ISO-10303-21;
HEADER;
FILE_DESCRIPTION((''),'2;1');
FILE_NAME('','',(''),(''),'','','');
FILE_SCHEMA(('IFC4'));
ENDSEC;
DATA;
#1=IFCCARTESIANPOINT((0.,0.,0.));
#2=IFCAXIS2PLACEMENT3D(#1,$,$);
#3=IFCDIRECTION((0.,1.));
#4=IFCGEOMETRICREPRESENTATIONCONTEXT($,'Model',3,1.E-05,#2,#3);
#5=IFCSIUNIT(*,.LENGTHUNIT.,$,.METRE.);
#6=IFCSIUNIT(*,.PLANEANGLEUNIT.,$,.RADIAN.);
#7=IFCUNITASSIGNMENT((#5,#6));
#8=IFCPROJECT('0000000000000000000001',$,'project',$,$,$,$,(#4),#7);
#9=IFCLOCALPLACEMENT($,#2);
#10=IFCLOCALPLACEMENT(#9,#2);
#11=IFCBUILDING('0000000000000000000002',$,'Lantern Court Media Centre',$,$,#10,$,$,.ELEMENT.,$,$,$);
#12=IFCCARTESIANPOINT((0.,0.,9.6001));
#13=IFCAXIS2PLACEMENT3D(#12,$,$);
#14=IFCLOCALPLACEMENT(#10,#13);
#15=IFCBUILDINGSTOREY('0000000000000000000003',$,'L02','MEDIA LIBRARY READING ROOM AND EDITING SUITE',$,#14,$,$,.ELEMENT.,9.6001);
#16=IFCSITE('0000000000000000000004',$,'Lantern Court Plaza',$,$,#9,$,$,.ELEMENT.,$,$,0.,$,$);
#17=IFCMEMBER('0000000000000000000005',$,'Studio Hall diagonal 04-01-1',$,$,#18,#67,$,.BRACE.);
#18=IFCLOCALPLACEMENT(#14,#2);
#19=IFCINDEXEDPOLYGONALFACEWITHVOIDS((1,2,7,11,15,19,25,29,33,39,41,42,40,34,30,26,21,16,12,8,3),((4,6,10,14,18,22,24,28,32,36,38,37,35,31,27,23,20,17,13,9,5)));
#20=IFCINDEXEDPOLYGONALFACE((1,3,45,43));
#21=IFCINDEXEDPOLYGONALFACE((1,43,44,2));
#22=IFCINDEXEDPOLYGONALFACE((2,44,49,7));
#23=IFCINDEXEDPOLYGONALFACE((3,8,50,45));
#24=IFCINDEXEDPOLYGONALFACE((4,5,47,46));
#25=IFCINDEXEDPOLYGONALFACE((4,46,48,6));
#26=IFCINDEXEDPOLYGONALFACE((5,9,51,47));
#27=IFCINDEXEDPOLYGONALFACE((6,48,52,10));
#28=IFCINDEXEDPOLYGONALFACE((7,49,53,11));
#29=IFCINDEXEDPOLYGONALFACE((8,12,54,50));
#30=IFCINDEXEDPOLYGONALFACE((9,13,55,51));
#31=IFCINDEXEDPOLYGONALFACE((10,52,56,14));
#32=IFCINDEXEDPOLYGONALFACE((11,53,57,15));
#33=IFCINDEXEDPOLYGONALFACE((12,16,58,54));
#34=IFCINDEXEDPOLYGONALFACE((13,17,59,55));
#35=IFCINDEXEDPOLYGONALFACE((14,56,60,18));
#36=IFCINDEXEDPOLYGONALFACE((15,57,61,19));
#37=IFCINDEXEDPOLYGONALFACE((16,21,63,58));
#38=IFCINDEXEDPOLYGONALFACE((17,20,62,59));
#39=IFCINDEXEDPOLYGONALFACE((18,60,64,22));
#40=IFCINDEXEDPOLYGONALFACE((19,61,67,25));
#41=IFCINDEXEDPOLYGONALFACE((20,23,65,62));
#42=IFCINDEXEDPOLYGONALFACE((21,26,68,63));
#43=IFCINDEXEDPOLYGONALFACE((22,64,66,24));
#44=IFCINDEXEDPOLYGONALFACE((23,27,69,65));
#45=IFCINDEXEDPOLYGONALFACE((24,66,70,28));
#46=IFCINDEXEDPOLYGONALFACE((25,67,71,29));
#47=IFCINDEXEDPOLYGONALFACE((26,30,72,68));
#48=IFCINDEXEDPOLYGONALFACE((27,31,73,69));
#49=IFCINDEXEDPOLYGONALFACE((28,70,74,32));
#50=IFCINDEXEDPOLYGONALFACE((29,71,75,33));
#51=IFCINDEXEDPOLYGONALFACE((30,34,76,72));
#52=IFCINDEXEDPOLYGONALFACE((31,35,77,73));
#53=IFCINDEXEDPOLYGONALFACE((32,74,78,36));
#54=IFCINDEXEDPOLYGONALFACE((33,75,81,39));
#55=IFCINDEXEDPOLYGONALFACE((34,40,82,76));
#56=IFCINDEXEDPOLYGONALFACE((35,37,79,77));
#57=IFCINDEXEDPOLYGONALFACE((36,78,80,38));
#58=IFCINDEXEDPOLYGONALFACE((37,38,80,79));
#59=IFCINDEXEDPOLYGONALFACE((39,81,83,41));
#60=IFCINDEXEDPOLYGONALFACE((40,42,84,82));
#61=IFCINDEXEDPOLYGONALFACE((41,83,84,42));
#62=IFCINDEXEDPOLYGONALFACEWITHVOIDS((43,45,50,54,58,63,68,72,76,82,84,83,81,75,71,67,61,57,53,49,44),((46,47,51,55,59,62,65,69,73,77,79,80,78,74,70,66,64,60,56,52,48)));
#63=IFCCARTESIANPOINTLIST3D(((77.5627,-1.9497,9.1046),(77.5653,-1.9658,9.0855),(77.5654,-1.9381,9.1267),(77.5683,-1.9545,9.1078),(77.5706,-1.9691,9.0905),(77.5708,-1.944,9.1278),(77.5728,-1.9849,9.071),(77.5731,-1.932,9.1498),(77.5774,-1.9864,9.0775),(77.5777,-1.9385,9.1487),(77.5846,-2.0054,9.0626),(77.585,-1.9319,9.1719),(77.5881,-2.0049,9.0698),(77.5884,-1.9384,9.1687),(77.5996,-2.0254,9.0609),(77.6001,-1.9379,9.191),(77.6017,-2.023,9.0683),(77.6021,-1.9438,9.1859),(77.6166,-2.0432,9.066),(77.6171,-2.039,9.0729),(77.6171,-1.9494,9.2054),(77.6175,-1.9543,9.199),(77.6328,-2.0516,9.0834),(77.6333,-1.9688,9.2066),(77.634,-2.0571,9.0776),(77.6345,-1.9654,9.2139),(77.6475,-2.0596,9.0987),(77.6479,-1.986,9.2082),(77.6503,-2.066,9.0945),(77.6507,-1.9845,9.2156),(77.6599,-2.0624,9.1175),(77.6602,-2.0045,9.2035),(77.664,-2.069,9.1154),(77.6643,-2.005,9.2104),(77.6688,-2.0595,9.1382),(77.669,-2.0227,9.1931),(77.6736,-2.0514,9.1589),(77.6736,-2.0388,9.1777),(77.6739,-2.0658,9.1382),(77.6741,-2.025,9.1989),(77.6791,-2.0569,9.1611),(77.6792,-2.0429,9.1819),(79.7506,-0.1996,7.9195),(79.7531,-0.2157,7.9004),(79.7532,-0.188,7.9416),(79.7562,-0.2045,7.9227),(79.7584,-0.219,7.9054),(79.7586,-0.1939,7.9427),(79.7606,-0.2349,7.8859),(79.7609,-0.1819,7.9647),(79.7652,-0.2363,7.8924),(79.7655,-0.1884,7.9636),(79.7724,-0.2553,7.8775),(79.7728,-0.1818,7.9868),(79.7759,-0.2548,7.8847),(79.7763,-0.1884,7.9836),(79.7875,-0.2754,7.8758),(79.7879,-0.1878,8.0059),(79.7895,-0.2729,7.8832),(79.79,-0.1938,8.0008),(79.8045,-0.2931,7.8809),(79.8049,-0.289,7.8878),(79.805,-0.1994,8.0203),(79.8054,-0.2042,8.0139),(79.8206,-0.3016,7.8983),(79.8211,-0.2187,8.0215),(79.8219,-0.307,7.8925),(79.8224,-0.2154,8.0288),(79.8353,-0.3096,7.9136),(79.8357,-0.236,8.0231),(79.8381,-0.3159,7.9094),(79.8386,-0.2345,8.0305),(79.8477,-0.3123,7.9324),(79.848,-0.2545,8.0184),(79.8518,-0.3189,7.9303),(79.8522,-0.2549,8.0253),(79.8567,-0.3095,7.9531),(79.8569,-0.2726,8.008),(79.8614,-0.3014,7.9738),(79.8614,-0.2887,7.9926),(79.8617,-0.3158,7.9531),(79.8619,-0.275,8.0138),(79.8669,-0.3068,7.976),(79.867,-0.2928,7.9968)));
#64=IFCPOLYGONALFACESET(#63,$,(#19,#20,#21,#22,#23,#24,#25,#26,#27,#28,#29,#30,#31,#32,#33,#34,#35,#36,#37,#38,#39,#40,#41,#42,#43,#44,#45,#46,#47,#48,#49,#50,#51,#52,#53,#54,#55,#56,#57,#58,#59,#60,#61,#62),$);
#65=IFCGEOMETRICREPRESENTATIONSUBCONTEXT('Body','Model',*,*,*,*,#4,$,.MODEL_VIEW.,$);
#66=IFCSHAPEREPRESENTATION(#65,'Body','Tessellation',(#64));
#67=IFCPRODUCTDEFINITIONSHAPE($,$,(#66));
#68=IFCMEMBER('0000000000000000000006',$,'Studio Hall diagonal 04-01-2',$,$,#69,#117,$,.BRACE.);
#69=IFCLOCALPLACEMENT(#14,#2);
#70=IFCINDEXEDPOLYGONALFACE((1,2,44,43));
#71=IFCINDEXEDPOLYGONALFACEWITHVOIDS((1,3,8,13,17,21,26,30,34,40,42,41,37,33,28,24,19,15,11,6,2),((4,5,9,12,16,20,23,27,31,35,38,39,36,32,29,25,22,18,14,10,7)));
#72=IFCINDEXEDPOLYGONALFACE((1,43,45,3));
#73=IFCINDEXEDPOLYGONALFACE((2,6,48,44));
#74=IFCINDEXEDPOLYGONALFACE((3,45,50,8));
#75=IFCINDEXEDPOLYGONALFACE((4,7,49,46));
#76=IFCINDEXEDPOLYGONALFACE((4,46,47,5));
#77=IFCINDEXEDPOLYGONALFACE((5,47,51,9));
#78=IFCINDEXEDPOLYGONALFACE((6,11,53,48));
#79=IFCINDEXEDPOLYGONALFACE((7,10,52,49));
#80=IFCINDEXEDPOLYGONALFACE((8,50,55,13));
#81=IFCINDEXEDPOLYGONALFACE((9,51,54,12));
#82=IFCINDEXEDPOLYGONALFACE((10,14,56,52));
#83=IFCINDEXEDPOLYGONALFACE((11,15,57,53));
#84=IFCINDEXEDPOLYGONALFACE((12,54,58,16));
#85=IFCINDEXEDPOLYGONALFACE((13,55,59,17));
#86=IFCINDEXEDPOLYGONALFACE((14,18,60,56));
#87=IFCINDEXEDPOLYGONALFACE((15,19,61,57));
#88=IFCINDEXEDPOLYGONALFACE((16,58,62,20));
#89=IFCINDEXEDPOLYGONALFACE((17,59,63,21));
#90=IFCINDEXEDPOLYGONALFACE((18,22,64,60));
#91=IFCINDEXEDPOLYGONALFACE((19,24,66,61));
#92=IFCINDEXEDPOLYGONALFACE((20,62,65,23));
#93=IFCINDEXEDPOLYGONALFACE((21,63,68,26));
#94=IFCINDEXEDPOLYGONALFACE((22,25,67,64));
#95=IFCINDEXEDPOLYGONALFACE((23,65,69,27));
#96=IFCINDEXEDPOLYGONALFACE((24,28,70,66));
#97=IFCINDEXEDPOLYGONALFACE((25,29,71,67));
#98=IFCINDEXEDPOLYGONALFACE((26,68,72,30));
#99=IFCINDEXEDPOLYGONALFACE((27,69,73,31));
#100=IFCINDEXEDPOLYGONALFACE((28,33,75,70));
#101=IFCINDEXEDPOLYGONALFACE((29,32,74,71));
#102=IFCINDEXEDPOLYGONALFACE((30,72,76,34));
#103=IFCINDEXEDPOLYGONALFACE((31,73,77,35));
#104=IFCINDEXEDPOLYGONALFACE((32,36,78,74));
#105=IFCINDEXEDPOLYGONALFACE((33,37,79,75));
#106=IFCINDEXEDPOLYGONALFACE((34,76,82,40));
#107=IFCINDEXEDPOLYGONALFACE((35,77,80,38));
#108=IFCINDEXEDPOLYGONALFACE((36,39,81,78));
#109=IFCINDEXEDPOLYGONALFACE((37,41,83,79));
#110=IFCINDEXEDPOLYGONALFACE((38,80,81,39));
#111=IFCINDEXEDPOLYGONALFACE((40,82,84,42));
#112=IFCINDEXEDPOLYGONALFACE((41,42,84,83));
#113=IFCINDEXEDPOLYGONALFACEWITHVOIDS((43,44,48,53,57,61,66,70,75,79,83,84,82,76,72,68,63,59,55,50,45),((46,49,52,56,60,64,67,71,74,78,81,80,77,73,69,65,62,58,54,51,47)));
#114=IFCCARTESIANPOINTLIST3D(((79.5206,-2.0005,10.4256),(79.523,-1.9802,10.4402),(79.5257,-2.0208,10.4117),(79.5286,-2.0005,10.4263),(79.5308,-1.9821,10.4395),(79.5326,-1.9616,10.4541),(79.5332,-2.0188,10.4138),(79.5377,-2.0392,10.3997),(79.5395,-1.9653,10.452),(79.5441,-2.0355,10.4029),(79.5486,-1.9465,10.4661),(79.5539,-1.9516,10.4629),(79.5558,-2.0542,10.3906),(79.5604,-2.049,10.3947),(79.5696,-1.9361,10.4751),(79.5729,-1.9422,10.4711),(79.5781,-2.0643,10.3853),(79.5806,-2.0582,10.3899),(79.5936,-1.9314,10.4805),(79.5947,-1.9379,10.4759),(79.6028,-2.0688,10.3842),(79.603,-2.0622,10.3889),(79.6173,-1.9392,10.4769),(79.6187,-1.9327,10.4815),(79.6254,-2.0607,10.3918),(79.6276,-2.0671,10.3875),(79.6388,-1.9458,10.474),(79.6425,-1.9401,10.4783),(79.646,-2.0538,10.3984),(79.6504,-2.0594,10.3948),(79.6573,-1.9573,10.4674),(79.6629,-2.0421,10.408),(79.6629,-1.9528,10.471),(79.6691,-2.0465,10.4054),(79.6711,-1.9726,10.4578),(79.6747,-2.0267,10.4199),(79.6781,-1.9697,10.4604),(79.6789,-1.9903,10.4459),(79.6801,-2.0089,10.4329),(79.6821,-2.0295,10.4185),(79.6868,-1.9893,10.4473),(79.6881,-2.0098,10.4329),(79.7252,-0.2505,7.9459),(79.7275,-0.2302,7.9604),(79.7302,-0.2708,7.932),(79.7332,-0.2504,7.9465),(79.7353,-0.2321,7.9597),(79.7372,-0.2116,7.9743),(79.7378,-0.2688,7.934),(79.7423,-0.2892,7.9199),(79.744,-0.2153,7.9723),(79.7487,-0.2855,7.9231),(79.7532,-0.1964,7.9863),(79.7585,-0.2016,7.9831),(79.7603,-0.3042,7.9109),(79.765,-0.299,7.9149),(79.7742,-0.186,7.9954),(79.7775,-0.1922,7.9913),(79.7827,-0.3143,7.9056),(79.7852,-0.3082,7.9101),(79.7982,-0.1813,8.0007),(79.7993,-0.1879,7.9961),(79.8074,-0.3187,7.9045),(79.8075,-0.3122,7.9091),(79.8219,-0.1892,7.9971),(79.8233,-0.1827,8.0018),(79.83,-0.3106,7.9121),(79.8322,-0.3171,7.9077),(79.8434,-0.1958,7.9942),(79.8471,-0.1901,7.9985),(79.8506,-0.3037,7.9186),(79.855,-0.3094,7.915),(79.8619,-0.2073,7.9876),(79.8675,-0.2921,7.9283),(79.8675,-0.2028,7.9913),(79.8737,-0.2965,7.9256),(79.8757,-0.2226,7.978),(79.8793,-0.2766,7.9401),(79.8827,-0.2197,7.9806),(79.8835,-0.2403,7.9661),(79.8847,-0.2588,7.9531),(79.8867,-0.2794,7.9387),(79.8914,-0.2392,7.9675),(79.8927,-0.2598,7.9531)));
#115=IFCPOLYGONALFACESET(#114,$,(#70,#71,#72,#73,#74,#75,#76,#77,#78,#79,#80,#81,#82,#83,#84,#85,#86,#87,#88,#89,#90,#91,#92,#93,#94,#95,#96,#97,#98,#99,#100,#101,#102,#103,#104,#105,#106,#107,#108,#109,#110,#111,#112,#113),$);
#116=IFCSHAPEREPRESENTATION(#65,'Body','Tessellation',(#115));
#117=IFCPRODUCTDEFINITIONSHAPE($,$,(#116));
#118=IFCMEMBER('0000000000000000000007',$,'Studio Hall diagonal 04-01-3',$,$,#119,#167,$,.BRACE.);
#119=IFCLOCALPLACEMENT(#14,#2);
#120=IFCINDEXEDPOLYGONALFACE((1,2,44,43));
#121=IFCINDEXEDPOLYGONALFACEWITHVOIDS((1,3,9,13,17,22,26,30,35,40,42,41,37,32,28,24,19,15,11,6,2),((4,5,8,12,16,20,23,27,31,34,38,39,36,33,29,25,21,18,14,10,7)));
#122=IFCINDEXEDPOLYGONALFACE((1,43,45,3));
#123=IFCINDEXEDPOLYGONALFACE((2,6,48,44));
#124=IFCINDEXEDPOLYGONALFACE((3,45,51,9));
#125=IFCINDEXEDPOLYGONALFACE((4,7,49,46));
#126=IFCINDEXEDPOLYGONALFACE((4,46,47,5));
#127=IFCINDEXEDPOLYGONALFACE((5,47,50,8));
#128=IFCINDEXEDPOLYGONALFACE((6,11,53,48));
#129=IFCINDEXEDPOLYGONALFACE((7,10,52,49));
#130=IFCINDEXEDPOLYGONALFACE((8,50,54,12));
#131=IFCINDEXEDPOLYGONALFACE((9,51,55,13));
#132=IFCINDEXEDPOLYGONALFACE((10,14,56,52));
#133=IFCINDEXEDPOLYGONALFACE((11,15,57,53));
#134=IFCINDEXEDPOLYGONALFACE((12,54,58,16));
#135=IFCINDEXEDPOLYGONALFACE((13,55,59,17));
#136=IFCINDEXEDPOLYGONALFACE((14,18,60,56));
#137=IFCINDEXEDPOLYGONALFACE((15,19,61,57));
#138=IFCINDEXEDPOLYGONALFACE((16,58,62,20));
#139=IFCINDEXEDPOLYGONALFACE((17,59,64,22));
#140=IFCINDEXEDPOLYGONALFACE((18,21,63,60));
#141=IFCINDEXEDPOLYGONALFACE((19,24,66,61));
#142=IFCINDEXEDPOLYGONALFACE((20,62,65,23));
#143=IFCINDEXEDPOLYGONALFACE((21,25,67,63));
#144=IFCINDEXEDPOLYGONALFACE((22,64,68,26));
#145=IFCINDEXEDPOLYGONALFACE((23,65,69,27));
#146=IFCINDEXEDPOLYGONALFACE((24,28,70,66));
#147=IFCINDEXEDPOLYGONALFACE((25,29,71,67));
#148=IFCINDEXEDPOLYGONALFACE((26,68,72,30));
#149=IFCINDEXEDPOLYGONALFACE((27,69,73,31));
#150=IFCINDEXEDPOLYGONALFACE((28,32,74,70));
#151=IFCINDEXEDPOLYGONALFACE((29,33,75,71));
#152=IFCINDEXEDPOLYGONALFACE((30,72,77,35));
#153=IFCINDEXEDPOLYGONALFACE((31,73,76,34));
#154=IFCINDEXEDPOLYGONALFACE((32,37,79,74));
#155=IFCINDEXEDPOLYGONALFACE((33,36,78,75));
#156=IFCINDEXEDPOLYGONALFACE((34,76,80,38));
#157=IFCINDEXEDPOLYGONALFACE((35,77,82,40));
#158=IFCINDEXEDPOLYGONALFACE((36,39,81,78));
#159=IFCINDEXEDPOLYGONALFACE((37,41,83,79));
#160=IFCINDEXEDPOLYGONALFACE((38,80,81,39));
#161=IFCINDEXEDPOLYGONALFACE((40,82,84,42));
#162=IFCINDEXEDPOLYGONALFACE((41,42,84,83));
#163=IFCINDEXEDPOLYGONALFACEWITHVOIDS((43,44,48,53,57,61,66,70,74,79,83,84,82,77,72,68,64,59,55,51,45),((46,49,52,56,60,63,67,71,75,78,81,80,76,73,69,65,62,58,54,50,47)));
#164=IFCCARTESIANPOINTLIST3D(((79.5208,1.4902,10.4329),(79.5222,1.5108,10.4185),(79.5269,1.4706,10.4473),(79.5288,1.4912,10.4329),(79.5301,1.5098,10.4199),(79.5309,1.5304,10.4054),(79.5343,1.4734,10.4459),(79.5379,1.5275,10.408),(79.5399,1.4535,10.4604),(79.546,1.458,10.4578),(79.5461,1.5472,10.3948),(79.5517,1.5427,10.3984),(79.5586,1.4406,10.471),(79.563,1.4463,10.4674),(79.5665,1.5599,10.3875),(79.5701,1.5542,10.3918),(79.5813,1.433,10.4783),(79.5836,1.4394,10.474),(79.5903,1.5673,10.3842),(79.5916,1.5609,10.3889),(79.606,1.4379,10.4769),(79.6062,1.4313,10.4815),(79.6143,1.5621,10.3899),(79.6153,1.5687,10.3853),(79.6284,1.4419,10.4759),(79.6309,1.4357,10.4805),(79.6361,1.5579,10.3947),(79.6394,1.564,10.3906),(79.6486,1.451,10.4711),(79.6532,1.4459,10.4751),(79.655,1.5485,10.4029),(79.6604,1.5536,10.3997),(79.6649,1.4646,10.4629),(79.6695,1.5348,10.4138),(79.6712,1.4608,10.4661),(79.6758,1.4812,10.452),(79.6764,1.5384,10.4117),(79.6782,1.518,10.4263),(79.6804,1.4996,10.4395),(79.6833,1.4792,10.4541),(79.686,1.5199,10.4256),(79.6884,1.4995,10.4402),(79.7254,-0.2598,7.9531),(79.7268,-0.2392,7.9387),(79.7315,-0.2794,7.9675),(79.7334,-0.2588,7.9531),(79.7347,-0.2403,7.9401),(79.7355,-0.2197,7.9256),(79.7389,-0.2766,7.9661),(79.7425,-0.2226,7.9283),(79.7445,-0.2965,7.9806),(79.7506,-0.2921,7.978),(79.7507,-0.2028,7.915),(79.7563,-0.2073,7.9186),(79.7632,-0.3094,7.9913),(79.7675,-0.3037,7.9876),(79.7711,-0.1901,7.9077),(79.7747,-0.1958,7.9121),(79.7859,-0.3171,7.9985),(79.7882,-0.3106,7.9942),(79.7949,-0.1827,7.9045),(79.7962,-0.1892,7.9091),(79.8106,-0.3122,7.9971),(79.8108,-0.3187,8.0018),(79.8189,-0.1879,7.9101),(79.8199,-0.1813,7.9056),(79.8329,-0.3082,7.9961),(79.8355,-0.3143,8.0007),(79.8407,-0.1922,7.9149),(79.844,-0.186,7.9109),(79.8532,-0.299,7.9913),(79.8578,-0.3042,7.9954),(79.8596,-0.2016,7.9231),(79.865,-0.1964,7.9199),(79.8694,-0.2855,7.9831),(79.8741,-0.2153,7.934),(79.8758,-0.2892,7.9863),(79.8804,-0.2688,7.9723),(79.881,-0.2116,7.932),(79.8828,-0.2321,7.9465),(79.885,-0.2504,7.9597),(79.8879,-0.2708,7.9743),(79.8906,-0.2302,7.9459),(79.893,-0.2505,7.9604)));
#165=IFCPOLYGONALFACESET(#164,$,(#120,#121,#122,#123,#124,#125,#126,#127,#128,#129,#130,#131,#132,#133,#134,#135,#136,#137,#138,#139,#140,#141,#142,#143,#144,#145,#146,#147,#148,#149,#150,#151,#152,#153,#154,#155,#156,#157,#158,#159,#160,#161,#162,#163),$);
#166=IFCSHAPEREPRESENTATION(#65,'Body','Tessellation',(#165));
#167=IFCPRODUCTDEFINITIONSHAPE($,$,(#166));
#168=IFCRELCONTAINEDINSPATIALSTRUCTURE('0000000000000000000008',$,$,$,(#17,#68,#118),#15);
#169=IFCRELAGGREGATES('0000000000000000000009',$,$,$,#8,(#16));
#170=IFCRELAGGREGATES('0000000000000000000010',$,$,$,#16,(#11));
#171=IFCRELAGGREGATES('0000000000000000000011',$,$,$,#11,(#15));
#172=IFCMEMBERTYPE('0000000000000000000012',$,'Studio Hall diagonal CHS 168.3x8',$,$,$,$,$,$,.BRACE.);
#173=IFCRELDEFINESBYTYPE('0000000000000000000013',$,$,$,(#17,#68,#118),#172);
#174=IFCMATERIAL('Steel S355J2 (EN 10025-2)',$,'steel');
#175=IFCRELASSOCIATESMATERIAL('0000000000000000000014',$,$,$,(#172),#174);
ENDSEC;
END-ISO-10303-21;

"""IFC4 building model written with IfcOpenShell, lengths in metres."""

from ifc_helpers import new_model, si_unit, direction, frame, origin, origin_2d, place, context, subcontext, project, spatial, hollow_circle, extrude, material, material_profile, profile_set, type_object, element, save


model = new_model("IFC4")

# Units and contexts
model_context = context("Model", 3, precision=1e-05, world=origin(), true_north=direction((0.0, 1.0)))
body_context = subcontext(model_context, "Body", "Model", "MODEL_VIEW")
ifc_project = project(units=[si_unit("LENGTHUNIT", "METRE"), si_unit("PLANEANGLEUNIT", "RADIAN")], contexts=[model_context])

# Site, building, storey
site_placement = place(None, origin())
site = spatial("IfcSite", under=ifc_project, at=site_placement, Name="Lantern Court Plaza", CompositionType="ELEMENT", RefElevation=0.0)
building_placement = place(site_placement, origin())
building = spatial("IfcBuilding", under=site, at=building_placement, Name="Lantern Court Media Centre", CompositionType="ELEMENT")
storey_placement = place(building_placement, frame((0.0, 0.0, 9.6001)))
storey = spatial("IfcBuildingStorey", under=building, at=storey_placement, Name="L02", Description="MEDIA LIBRARY READING ROOM AND EDITING SUITE", CompositionType="ELEMENT", Elevation=9.6001)

# Members
ifc_material = material(Name="Steel S355J2 (EN 10025-2)", Category="steel")
ifc_material_profile_1 = material_profile(ifc_material, hollow_circle(Radius=0.0842, WallThickness=0.0081, at=origin_2d()), Name="Studio Hall diagonal CHS 168.3x8")
ifc_profile_set_1 = profile_set([ifc_material_profile_1], Name="Steel S355J2 (EN 10025-2)")
member_type_1 = type_object("IfcMemberType", Name="Studio Hall diagonal CHS 168.3x8", PredefinedType="BRACE", material=ifc_profile_set_1)
for number, where, z_axis, x_axis, name in (
    (1, (79.8091, -0.25, 7.9531), (-0.719206, -0.5753, 0.38958), (0.624653, -0.780903, 0.0), "Studio Hall diagonal 04-01-1"),
    (2, (79.8091, -0.25, 7.9531), (-0.067256, -0.575289, 0.81518), (0.993235, -0.116118, 0.0), "Studio Hall diagonal 04-01-2"),
    (3, (79.8091, -0.25, 7.9531), (-0.067256, 0.575289, 0.81518), (-0.993235, -0.116118, 0.0), "Studio Hall diagonal 04-01-3"),
):
    element("IfcMember", number, at=place(storey_placement, frame(where, z_axis=z_axis, x_axis=x_axis)), inside=storey, type_object=member_type_1, Name=name, PredefinedType="BRACE", context=body_context, shape_type="SweptSolid", body=[
        extrude(hollow_circle(Radius=0.0842, WallThickness=0.0081, at=origin_2d()), origin(), (0.0, 0.0, 1.0), 3.042),
    ])

save(model, "model.ifc")
